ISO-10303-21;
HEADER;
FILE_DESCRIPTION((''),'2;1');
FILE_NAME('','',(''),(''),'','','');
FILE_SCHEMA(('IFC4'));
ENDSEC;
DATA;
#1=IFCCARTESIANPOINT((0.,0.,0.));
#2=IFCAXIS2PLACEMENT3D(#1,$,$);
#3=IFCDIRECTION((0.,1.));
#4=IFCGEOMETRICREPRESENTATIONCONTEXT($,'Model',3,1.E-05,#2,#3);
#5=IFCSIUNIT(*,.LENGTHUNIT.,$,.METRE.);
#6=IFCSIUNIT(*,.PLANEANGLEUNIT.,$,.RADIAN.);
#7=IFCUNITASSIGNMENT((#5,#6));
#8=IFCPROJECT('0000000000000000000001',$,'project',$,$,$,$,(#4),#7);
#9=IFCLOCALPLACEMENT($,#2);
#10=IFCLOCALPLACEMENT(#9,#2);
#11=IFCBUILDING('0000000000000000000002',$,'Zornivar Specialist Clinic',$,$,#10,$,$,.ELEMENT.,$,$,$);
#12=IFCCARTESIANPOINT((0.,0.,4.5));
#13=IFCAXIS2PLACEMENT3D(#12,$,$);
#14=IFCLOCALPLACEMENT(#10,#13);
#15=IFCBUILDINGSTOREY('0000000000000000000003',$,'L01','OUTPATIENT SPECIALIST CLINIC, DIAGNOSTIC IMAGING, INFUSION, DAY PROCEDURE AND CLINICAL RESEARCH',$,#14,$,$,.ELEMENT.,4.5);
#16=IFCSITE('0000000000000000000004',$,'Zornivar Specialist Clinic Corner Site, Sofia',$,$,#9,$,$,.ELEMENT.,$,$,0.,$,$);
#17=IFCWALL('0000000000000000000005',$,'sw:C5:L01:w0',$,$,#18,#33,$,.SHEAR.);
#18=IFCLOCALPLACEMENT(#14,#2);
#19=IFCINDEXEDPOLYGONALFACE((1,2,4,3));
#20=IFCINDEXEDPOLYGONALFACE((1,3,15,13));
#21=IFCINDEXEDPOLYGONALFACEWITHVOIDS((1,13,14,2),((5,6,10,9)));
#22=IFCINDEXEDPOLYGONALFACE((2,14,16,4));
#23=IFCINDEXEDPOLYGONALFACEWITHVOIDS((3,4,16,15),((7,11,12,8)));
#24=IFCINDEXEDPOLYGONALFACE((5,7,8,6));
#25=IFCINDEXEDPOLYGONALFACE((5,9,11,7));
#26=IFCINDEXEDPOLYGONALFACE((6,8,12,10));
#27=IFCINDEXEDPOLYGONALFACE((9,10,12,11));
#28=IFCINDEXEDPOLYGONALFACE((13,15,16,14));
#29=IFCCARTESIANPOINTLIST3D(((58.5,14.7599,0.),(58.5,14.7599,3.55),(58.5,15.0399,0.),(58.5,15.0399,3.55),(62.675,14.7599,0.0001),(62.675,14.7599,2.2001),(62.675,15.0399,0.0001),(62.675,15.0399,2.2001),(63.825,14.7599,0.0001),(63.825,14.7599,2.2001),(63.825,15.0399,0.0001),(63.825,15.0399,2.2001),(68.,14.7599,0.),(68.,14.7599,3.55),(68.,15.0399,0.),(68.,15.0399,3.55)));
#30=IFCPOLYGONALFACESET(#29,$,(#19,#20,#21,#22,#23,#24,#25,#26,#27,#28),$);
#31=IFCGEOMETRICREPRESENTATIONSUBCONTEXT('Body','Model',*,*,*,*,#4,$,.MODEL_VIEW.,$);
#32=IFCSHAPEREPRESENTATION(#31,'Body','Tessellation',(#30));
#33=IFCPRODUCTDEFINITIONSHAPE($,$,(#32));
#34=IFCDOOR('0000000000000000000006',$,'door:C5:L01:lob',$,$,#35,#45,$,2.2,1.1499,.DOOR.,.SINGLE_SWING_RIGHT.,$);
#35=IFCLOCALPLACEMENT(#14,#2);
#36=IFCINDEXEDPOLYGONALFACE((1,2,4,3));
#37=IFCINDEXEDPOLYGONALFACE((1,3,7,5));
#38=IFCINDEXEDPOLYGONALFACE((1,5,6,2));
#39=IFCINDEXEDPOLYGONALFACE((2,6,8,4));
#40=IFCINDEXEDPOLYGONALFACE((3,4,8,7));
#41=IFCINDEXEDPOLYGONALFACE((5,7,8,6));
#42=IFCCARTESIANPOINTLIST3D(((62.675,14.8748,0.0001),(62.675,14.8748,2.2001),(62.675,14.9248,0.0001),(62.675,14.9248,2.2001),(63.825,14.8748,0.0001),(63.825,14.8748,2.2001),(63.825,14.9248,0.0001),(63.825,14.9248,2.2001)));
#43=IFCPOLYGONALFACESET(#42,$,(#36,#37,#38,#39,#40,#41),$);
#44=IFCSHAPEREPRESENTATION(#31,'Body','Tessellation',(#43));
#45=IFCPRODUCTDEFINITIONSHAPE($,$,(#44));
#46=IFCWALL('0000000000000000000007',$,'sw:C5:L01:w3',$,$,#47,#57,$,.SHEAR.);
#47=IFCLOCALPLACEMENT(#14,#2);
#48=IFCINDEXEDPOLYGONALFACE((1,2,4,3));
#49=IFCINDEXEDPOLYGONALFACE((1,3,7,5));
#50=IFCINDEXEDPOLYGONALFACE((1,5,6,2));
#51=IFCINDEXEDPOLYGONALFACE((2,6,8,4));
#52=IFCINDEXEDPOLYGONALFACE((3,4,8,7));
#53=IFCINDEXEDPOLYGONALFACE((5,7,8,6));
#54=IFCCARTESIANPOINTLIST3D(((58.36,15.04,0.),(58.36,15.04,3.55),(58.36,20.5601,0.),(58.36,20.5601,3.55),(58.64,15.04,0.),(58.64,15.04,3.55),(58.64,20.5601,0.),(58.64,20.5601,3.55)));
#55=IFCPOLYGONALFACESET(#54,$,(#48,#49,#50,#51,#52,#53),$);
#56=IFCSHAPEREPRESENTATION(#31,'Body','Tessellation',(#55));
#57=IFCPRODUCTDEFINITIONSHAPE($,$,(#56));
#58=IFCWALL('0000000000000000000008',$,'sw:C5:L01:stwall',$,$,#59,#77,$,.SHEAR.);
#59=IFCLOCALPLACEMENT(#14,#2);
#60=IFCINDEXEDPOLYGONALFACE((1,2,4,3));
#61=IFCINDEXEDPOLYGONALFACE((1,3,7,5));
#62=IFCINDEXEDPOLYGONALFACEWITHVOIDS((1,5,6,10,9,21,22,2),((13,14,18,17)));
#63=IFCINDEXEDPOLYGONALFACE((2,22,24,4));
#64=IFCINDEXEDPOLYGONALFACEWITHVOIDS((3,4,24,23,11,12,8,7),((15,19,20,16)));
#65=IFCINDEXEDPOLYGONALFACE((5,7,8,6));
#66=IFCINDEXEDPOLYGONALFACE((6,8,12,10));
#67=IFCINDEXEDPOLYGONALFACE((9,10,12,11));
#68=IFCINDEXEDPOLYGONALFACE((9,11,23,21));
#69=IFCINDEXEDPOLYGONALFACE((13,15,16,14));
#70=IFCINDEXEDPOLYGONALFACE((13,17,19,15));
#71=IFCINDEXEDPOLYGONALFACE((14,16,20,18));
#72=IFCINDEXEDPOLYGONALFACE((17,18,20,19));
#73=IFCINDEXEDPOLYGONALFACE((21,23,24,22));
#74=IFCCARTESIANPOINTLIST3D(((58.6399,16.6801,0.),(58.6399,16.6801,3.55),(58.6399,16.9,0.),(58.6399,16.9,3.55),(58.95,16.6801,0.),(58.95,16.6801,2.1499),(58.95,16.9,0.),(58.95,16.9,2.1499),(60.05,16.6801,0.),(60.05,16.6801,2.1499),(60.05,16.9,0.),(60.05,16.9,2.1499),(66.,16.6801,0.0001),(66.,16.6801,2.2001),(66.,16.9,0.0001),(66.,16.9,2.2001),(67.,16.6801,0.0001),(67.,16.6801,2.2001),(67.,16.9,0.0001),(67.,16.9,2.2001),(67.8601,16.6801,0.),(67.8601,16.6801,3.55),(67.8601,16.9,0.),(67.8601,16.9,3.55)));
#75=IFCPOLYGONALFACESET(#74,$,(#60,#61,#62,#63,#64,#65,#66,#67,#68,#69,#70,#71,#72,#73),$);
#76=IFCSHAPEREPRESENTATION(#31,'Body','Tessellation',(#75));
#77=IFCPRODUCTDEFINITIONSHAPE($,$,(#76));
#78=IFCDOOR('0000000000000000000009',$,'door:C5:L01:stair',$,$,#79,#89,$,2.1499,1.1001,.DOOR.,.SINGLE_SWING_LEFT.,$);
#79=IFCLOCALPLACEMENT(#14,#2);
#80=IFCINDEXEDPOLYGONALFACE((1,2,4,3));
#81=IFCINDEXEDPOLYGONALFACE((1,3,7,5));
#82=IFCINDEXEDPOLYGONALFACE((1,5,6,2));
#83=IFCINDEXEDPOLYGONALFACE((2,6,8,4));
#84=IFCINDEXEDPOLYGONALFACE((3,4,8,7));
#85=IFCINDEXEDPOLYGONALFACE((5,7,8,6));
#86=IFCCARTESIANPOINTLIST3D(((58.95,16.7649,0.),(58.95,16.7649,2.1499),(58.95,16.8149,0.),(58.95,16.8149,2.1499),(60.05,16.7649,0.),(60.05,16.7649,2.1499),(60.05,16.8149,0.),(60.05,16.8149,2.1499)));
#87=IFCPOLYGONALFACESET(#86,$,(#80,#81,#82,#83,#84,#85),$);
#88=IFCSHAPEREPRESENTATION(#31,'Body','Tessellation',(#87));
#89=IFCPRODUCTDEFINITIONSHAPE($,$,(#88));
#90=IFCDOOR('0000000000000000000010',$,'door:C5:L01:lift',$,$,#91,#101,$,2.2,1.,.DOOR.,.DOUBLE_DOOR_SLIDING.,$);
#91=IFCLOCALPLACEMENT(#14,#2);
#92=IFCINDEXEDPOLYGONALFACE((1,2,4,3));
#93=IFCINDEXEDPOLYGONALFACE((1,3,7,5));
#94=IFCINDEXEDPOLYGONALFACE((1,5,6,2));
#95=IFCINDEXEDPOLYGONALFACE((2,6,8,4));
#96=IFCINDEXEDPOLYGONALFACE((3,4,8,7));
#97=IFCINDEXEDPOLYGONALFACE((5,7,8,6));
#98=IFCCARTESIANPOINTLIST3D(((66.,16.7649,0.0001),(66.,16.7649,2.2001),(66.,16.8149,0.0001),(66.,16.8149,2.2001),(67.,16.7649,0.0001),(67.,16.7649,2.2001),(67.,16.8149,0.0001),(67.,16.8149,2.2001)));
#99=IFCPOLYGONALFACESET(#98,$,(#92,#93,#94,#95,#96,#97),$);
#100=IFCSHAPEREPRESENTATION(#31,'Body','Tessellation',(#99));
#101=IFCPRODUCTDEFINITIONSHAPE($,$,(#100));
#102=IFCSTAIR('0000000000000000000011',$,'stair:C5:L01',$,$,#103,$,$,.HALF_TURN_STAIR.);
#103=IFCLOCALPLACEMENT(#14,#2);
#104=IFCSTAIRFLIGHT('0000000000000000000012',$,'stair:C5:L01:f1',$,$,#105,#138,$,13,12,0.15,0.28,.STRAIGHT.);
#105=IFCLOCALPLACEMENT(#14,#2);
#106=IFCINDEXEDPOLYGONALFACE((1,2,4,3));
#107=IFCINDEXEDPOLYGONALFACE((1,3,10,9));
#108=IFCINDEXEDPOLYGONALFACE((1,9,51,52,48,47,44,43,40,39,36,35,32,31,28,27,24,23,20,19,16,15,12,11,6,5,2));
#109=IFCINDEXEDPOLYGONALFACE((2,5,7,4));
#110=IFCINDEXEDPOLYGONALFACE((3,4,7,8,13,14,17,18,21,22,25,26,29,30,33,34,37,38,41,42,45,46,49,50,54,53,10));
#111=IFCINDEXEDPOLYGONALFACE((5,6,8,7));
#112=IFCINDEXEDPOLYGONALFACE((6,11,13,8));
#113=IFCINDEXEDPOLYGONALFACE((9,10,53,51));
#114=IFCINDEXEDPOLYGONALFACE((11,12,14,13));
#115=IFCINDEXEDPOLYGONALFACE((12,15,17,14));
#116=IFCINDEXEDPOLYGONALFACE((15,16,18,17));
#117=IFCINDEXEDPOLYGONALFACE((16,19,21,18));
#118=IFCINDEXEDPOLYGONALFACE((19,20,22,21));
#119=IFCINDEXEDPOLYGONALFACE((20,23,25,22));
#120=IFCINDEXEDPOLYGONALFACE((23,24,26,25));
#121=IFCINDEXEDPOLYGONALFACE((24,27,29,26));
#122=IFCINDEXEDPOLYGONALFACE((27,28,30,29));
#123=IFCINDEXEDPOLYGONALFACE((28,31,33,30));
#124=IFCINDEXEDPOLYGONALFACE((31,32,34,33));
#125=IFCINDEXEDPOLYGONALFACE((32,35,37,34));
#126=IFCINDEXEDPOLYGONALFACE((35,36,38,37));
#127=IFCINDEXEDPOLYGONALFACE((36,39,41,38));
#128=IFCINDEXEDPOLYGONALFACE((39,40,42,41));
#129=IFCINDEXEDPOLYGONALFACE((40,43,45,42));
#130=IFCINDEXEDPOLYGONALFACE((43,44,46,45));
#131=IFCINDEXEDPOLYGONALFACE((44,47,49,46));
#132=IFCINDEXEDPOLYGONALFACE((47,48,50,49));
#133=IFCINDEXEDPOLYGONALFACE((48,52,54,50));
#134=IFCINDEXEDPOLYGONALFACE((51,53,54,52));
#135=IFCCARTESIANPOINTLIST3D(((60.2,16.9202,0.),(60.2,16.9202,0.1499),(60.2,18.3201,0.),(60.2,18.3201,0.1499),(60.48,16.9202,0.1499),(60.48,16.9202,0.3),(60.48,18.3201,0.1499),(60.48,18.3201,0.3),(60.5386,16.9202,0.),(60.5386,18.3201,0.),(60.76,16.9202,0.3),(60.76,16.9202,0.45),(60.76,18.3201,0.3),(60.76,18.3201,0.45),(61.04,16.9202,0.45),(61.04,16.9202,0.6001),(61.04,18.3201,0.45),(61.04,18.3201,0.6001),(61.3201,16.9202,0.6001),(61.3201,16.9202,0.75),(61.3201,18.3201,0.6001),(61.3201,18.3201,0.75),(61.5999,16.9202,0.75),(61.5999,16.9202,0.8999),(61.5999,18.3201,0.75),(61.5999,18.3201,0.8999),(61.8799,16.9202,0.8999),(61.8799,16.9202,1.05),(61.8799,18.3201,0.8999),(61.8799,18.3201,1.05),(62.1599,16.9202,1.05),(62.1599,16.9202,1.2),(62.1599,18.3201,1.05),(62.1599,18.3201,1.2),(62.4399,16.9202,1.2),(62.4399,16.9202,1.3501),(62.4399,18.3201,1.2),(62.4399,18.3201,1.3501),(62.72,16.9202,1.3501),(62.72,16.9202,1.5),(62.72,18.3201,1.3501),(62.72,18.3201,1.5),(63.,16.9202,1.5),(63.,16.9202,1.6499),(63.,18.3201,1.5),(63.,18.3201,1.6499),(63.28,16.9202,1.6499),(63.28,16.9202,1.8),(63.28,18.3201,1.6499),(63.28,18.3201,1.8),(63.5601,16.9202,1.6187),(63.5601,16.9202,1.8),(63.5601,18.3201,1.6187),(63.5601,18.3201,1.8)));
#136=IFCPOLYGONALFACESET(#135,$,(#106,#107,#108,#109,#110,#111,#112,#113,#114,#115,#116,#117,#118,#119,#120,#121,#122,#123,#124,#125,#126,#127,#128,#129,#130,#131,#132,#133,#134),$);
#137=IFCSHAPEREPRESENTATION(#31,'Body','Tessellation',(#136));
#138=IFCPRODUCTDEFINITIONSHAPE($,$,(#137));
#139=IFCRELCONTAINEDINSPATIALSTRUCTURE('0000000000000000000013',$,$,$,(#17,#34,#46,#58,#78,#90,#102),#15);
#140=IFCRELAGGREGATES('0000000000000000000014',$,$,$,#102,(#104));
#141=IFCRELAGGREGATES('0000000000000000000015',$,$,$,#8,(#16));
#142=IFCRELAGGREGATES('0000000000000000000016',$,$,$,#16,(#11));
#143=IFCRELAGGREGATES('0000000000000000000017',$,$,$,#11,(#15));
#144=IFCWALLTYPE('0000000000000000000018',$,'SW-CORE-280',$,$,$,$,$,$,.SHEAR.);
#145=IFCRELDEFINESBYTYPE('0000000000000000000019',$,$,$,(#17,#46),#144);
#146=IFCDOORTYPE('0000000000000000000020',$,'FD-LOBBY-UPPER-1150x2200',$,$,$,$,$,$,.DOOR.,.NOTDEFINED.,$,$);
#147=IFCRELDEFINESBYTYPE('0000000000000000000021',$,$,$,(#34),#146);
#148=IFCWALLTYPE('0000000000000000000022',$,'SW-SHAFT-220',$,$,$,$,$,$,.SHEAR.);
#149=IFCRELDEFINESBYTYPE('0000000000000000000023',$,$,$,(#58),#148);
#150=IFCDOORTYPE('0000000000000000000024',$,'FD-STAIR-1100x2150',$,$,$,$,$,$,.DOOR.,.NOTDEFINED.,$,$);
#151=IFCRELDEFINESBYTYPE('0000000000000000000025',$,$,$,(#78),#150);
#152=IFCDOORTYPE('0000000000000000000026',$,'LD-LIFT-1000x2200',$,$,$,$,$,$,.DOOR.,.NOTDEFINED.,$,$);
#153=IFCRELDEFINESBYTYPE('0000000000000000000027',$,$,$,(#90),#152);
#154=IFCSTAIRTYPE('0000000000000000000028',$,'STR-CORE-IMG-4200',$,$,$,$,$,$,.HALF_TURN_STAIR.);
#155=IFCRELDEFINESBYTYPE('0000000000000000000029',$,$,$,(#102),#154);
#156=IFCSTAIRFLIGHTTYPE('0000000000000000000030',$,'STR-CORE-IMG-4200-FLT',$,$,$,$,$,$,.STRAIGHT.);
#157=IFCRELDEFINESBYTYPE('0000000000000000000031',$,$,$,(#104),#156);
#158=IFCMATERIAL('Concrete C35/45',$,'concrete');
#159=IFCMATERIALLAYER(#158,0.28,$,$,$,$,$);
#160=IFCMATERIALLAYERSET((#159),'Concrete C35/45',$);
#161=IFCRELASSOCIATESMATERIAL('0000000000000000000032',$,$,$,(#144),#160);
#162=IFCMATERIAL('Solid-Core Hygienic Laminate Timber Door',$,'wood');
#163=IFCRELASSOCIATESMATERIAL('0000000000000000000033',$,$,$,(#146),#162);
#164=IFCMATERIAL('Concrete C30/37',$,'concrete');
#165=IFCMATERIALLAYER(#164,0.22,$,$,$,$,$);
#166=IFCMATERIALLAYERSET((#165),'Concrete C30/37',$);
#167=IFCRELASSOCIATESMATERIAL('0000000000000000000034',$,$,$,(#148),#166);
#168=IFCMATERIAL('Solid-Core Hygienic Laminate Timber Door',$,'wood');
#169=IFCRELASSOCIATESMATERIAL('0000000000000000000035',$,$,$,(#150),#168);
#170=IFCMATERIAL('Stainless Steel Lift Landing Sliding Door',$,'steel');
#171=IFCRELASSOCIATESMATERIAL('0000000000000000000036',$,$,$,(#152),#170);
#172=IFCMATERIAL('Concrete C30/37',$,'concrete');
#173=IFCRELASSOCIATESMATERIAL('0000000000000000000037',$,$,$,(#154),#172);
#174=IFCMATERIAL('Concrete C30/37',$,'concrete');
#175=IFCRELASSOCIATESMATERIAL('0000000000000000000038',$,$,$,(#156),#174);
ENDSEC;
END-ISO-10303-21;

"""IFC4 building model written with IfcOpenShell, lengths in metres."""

from ifc_helpers import new_model, si_unit, direction, frame, frame_2d, origin, place, context, subcontext, project, spatial, polyline, rectangle, outline, extrude, material, layer, layer_set, type_object, element, fill, aggregate, save


model = new_model("IFC4")

# Units and contexts
model_context = context("Model", 3, precision=1e-05, world=origin(), true_north=direction((0.0, 1.0)))
body_context = subcontext(model_context, "Body", "Model", "MODEL_VIEW")
ifc_project = project(units=[si_unit("LENGTHUNIT", "METRE"), si_unit("PLANEANGLEUNIT", "RADIAN")], contexts=[model_context])

# Site, building, storey
site_placement = place(None, origin())
site = spatial("IfcSite", under=ifc_project, at=site_placement, Name="Zornivar Specialist Clinic Corner Site, Sofia", CompositionType="ELEMENT", RefElevation=0.0)
building_placement = place(site_placement, origin())
building = spatial("IfcBuilding", under=site, at=building_placement, Name="Zornivar Specialist Clinic", CompositionType="ELEMENT")
storey_placement = place(building_placement, frame((0.0, 0.0, 4.5)))
storey = spatial("IfcBuildingStorey", under=building, at=storey_placement, Name="L01", Description="OUTPATIENT SPECIALIST CLINIC, DIAGNOSTIC IMAGING, INFUSION, DAY PROCEDURE AND CLINICAL RESEARCH", CompositionType="ELEMENT", Elevation=4.5)

# Wall, opening, door
ifc_material_1 = material(Name="Concrete C35/45", Category="concrete")
ifc_layer_1 = layer(ifc_material_1, 0.28)
ifc_layer_set_1 = layer_set([ifc_layer_1], Name="Concrete C35/45")
wall_type_1 = type_object("IfcWallType", Name="SW-CORE-280", PredefinedType="SHEAR", material=ifc_layer_set_1)
wall_1_placement = place(storey_placement, frame((58.5, 14.8999, 0.0), z_axis=(0.0, 0.0, 1.0), x_axis=(1.0, 0.0, 0.0)))
wall_1 = element("IfcWall", 1, at=wall_1_placement, inside=storey, type_object=wall_type_1, Name="sw:C5:L01:w0", PredefinedType="SHEAR", context=body_context, shape_type="SweptSolid", body=[
    extrude(rectangle(XDim=9.5, YDim=0.28, at=frame_2d((4.75, 0.0))), origin(), (0.0, 0.0, 1.0), 3.55),
])
opening_1_placement = place(wall_1_placement, frame((4.175, 0.0, 0.0)))
opening_1 = element("IfcOpeningElement", 2, at=opening_1_placement, cuts=wall_1, PredefinedType="OPENING", context=body_context, shape_type="SweptSolid", body=[
    extrude(rectangle(XDim=1.1499, YDim=2.2, at=frame_2d((0.575, 1.1001))), frame((0.0, 0.1499, 0.0), z_axis=(0.0, -1.0, 0.0), x_axis=(1.0, 0.0, 0.0)), (0.0, 0.0, 1.0), 0.3),
])
ifc_material_2 = material(Name="Solid-Core Hygienic Laminate Timber Door", Category="wood")
door_type_1 = type_object("IfcDoorType", Name="FD-LOBBY-UPPER-1150x2200", OperationType="NOTDEFINED", PredefinedType="DOOR", material=ifc_material_2)
door_1_placement = place(opening_1_placement, origin())
door_1 = element("IfcDoor", 3, at=door_1_placement, inside=storey, type_object=door_type_1, Name="door:C5:L01:lob", OperationType="SINGLE_SWING_RIGHT", OverallHeight=2.2, OverallWidth=1.1499, PredefinedType="DOOR", context=body_context, shape_type="SweptSolid", body=[
    extrude(rectangle(XDim=1.1499, YDim=2.2, at=frame_2d((0.575, 1.1001))), frame((0.0, 0.0249, 0.0), z_axis=(0.0, -1.0, 0.0), x_axis=(1.0, 0.0, 0.0)), (0.0, 0.0, 1.0), 0.05),
])
fill(opening_1, door_1)

# Wall
wall_2_placement = place(storey_placement, frame((58.5, 20.5601, 0.0), z_axis=(0.0, 0.0, 1.0), x_axis=(0.0, -1.0, 0.0)))
element("IfcWall", 4, at=wall_2_placement, inside=storey, type_object=wall_type_1, Name="sw:C5:L01:w3", PredefinedType="SHEAR", context=body_context, shape_type="SweptSolid", body=[
    extrude(rectangle(XDim=5.52, YDim=0.28, at=frame_2d((2.76, 0.0))), origin(), (0.0, 0.0, 1.0), 3.55),
])

# Wall, openings, doors
ifc_material_3 = material(Name="Concrete C30/37", Category="concrete")
ifc_layer_2 = layer(ifc_material_3, 0.22)
ifc_layer_set_2 = layer_set([ifc_layer_2], Name="Concrete C30/37")
wall_type_2 = type_object("IfcWallType", Name="SW-SHAFT-220", PredefinedType="SHEAR", material=ifc_layer_set_2)
wall_3_placement = place(storey_placement, frame((58.6399, 16.79, 0.0), z_axis=(0.0, 0.0, 1.0), x_axis=(1.0, 0.0, 0.0)))
wall_3 = element("IfcWall", 5, at=wall_3_placement, inside=storey, type_object=wall_type_2, Name="sw:C5:L01:stwall", PredefinedType="SHEAR", context=body_context, shape_type="SweptSolid", body=[
    extrude(rectangle(XDim=9.2202, YDim=0.22, at=frame_2d((4.6101, 0.0))), origin(), (0.0, 0.0, 1.0), 3.55),
])
opening_2_placement = place(wall_3_placement, frame((0.3101, 0.0, 0.0)))
opening_2 = element("IfcOpeningElement", 6, at=opening_2_placement, cuts=wall_3, PredefinedType="OPENING", context=body_context, shape_type="SweptSolid", body=[
    extrude(rectangle(XDim=1.1001, YDim=2.1499, at=frame_2d((0.55, 1.075))), frame((0.0, 0.1199, 0.0), z_axis=(0.0, -1.0, 0.0), x_axis=(1.0, 0.0, 0.0)), (0.0, 0.0, 1.0), 0.24),
])
opening_3_placement = place(wall_3_placement, frame((7.3601, 0.0, 0.0)))
opening_3 = element("IfcOpeningElement", 7, at=opening_3_placement, cuts=wall_3, PredefinedType="OPENING", context=body_context, shape_type="SweptSolid", body=[
    extrude(rectangle(XDim=1.0, YDim=2.2, at=frame_2d((0.5, 1.1001))), frame((0.0, 0.1199, 0.0), z_axis=(0.0, -1.0, 0.0), x_axis=(1.0, 0.0, 0.0)), (0.0, 0.0, 1.0), 0.24),
])
ifc_material_4 = material(Name="Solid-Core Hygienic Laminate Timber Door", Category="wood")
door_type_2 = type_object("IfcDoorType", Name="FD-STAIR-1100x2150", OperationType="NOTDEFINED", PredefinedType="DOOR", material=ifc_material_4)
door_2_placement = place(opening_2_placement, origin())
door_2 = element("IfcDoor", 8, at=door_2_placement, inside=storey, type_object=door_type_2, Name="door:C5:L01:stair", OperationType="SINGLE_SWING_LEFT", OverallHeight=2.1499, OverallWidth=1.1001, PredefinedType="DOOR", context=body_context, shape_type="SweptSolid", body=[
    extrude(rectangle(XDim=1.1001, YDim=2.1499, at=frame_2d((0.55, 1.075))), frame((0.0, 0.0249, 0.0), z_axis=(0.0, -1.0, 0.0), x_axis=(1.0, 0.0, 0.0)), (0.0, 0.0, 1.0), 0.05),
])
fill(opening_2, door_2)
ifc_material_5 = material(Name="Stainless Steel Lift Landing Sliding Door", Category="steel")
door_type_3 = type_object("IfcDoorType", Name="LD-LIFT-1000x2200", OperationType="NOTDEFINED", PredefinedType="DOOR", material=ifc_material_5)
door_3_placement = place(opening_3_placement, origin())
door_3 = element("IfcDoor", 9, at=door_3_placement, inside=storey, type_object=door_type_3, Name="door:C5:L01:lift", OperationType="DOUBLE_DOOR_SLIDING", OverallHeight=2.2, OverallWidth=1.0, PredefinedType="DOOR", context=body_context, shape_type="SweptSolid", body=[
    extrude(rectangle(XDim=1.0, YDim=2.2, at=frame_2d((0.5, 1.1001))), frame((0.0, 0.0249, 0.0), z_axis=(0.0, -1.0, 0.0), x_axis=(1.0, 0.0, 0.0)), (0.0, 0.0, 1.0), 0.05),
])
fill(opening_3, door_3)

# Stair, stair flight
ifc_material_6 = material(Name="Concrete C30/37", Category="concrete")
stair_type = type_object("IfcStairType", Name="STR-CORE-IMG-4200", PredefinedType="HALF_TURN_STAIR", material=ifc_material_6)
stair_placement = place(storey_placement, origin())
stair = element("IfcStair", 10, at=stair_placement, inside=storey, type_object=stair_type, Name="stair:C5:L01", PredefinedType="HALF_TURN_STAIR")
ifc_material_7 = material(Name="Concrete C30/37", Category="concrete")
stair_flight_type = type_object("IfcStairFlightType", Name="STR-CORE-IMG-4200-FLT", PredefinedType="STRAIGHT", material=ifc_material_7)
stair_flight_placement = place(storey_placement, frame((60.2, 17.6201, 0.0), z_axis=(0.0, 0.0, 1.0), x_axis=(1.0, 0.0, 0.0)))
stair_flight = element("IfcStairFlight", 11, at=stair_flight_placement, type_object=stair_flight_type, Name="stair:C5:L01:f1", NumberOfRisers=13, NumberOfTreads=12, PredefinedType="STRAIGHT", RiserHeight=0.15, TreadLength=0.28, context=body_context, shape_type="SweptSolid", body=[
    extrude(outline(polyline([(0.0, 0.0), (0.0, 0.1499), (0.28, 0.1499), (0.28, 0.3), (0.5601, 0.3), (0.5601, 0.45), (0.8401, 0.45), (0.8401, 0.6001), (1.1201, 0.6001), (1.1201, 0.75), (1.3999, 0.75), (1.3999, 0.8999), (1.6799, 0.8999), (1.6799, 1.05), (1.96, 1.05), (1.96, 1.2), (2.24, 1.2), (2.24, 1.3501), (2.52, 1.3501), (2.52, 1.5), (2.8, 1.5), (2.8, 1.6499), (3.0801, 1.6499), (3.0801, 1.8), (3.3601, 1.8), (3.3601, 1.95), (3.3601, 1.6187), (0.3386, 0.0), (0.0, 0.0)])), frame((0.0, 0.7, 0.0), z_axis=(0.0, -1.0, 0.0), x_axis=(1.0, 0.0, 0.0)), (0.0, 0.0, 1.0), 1.3999),
])
aggregate(stair, [stair_flight])

save(model, "model.ifc")
